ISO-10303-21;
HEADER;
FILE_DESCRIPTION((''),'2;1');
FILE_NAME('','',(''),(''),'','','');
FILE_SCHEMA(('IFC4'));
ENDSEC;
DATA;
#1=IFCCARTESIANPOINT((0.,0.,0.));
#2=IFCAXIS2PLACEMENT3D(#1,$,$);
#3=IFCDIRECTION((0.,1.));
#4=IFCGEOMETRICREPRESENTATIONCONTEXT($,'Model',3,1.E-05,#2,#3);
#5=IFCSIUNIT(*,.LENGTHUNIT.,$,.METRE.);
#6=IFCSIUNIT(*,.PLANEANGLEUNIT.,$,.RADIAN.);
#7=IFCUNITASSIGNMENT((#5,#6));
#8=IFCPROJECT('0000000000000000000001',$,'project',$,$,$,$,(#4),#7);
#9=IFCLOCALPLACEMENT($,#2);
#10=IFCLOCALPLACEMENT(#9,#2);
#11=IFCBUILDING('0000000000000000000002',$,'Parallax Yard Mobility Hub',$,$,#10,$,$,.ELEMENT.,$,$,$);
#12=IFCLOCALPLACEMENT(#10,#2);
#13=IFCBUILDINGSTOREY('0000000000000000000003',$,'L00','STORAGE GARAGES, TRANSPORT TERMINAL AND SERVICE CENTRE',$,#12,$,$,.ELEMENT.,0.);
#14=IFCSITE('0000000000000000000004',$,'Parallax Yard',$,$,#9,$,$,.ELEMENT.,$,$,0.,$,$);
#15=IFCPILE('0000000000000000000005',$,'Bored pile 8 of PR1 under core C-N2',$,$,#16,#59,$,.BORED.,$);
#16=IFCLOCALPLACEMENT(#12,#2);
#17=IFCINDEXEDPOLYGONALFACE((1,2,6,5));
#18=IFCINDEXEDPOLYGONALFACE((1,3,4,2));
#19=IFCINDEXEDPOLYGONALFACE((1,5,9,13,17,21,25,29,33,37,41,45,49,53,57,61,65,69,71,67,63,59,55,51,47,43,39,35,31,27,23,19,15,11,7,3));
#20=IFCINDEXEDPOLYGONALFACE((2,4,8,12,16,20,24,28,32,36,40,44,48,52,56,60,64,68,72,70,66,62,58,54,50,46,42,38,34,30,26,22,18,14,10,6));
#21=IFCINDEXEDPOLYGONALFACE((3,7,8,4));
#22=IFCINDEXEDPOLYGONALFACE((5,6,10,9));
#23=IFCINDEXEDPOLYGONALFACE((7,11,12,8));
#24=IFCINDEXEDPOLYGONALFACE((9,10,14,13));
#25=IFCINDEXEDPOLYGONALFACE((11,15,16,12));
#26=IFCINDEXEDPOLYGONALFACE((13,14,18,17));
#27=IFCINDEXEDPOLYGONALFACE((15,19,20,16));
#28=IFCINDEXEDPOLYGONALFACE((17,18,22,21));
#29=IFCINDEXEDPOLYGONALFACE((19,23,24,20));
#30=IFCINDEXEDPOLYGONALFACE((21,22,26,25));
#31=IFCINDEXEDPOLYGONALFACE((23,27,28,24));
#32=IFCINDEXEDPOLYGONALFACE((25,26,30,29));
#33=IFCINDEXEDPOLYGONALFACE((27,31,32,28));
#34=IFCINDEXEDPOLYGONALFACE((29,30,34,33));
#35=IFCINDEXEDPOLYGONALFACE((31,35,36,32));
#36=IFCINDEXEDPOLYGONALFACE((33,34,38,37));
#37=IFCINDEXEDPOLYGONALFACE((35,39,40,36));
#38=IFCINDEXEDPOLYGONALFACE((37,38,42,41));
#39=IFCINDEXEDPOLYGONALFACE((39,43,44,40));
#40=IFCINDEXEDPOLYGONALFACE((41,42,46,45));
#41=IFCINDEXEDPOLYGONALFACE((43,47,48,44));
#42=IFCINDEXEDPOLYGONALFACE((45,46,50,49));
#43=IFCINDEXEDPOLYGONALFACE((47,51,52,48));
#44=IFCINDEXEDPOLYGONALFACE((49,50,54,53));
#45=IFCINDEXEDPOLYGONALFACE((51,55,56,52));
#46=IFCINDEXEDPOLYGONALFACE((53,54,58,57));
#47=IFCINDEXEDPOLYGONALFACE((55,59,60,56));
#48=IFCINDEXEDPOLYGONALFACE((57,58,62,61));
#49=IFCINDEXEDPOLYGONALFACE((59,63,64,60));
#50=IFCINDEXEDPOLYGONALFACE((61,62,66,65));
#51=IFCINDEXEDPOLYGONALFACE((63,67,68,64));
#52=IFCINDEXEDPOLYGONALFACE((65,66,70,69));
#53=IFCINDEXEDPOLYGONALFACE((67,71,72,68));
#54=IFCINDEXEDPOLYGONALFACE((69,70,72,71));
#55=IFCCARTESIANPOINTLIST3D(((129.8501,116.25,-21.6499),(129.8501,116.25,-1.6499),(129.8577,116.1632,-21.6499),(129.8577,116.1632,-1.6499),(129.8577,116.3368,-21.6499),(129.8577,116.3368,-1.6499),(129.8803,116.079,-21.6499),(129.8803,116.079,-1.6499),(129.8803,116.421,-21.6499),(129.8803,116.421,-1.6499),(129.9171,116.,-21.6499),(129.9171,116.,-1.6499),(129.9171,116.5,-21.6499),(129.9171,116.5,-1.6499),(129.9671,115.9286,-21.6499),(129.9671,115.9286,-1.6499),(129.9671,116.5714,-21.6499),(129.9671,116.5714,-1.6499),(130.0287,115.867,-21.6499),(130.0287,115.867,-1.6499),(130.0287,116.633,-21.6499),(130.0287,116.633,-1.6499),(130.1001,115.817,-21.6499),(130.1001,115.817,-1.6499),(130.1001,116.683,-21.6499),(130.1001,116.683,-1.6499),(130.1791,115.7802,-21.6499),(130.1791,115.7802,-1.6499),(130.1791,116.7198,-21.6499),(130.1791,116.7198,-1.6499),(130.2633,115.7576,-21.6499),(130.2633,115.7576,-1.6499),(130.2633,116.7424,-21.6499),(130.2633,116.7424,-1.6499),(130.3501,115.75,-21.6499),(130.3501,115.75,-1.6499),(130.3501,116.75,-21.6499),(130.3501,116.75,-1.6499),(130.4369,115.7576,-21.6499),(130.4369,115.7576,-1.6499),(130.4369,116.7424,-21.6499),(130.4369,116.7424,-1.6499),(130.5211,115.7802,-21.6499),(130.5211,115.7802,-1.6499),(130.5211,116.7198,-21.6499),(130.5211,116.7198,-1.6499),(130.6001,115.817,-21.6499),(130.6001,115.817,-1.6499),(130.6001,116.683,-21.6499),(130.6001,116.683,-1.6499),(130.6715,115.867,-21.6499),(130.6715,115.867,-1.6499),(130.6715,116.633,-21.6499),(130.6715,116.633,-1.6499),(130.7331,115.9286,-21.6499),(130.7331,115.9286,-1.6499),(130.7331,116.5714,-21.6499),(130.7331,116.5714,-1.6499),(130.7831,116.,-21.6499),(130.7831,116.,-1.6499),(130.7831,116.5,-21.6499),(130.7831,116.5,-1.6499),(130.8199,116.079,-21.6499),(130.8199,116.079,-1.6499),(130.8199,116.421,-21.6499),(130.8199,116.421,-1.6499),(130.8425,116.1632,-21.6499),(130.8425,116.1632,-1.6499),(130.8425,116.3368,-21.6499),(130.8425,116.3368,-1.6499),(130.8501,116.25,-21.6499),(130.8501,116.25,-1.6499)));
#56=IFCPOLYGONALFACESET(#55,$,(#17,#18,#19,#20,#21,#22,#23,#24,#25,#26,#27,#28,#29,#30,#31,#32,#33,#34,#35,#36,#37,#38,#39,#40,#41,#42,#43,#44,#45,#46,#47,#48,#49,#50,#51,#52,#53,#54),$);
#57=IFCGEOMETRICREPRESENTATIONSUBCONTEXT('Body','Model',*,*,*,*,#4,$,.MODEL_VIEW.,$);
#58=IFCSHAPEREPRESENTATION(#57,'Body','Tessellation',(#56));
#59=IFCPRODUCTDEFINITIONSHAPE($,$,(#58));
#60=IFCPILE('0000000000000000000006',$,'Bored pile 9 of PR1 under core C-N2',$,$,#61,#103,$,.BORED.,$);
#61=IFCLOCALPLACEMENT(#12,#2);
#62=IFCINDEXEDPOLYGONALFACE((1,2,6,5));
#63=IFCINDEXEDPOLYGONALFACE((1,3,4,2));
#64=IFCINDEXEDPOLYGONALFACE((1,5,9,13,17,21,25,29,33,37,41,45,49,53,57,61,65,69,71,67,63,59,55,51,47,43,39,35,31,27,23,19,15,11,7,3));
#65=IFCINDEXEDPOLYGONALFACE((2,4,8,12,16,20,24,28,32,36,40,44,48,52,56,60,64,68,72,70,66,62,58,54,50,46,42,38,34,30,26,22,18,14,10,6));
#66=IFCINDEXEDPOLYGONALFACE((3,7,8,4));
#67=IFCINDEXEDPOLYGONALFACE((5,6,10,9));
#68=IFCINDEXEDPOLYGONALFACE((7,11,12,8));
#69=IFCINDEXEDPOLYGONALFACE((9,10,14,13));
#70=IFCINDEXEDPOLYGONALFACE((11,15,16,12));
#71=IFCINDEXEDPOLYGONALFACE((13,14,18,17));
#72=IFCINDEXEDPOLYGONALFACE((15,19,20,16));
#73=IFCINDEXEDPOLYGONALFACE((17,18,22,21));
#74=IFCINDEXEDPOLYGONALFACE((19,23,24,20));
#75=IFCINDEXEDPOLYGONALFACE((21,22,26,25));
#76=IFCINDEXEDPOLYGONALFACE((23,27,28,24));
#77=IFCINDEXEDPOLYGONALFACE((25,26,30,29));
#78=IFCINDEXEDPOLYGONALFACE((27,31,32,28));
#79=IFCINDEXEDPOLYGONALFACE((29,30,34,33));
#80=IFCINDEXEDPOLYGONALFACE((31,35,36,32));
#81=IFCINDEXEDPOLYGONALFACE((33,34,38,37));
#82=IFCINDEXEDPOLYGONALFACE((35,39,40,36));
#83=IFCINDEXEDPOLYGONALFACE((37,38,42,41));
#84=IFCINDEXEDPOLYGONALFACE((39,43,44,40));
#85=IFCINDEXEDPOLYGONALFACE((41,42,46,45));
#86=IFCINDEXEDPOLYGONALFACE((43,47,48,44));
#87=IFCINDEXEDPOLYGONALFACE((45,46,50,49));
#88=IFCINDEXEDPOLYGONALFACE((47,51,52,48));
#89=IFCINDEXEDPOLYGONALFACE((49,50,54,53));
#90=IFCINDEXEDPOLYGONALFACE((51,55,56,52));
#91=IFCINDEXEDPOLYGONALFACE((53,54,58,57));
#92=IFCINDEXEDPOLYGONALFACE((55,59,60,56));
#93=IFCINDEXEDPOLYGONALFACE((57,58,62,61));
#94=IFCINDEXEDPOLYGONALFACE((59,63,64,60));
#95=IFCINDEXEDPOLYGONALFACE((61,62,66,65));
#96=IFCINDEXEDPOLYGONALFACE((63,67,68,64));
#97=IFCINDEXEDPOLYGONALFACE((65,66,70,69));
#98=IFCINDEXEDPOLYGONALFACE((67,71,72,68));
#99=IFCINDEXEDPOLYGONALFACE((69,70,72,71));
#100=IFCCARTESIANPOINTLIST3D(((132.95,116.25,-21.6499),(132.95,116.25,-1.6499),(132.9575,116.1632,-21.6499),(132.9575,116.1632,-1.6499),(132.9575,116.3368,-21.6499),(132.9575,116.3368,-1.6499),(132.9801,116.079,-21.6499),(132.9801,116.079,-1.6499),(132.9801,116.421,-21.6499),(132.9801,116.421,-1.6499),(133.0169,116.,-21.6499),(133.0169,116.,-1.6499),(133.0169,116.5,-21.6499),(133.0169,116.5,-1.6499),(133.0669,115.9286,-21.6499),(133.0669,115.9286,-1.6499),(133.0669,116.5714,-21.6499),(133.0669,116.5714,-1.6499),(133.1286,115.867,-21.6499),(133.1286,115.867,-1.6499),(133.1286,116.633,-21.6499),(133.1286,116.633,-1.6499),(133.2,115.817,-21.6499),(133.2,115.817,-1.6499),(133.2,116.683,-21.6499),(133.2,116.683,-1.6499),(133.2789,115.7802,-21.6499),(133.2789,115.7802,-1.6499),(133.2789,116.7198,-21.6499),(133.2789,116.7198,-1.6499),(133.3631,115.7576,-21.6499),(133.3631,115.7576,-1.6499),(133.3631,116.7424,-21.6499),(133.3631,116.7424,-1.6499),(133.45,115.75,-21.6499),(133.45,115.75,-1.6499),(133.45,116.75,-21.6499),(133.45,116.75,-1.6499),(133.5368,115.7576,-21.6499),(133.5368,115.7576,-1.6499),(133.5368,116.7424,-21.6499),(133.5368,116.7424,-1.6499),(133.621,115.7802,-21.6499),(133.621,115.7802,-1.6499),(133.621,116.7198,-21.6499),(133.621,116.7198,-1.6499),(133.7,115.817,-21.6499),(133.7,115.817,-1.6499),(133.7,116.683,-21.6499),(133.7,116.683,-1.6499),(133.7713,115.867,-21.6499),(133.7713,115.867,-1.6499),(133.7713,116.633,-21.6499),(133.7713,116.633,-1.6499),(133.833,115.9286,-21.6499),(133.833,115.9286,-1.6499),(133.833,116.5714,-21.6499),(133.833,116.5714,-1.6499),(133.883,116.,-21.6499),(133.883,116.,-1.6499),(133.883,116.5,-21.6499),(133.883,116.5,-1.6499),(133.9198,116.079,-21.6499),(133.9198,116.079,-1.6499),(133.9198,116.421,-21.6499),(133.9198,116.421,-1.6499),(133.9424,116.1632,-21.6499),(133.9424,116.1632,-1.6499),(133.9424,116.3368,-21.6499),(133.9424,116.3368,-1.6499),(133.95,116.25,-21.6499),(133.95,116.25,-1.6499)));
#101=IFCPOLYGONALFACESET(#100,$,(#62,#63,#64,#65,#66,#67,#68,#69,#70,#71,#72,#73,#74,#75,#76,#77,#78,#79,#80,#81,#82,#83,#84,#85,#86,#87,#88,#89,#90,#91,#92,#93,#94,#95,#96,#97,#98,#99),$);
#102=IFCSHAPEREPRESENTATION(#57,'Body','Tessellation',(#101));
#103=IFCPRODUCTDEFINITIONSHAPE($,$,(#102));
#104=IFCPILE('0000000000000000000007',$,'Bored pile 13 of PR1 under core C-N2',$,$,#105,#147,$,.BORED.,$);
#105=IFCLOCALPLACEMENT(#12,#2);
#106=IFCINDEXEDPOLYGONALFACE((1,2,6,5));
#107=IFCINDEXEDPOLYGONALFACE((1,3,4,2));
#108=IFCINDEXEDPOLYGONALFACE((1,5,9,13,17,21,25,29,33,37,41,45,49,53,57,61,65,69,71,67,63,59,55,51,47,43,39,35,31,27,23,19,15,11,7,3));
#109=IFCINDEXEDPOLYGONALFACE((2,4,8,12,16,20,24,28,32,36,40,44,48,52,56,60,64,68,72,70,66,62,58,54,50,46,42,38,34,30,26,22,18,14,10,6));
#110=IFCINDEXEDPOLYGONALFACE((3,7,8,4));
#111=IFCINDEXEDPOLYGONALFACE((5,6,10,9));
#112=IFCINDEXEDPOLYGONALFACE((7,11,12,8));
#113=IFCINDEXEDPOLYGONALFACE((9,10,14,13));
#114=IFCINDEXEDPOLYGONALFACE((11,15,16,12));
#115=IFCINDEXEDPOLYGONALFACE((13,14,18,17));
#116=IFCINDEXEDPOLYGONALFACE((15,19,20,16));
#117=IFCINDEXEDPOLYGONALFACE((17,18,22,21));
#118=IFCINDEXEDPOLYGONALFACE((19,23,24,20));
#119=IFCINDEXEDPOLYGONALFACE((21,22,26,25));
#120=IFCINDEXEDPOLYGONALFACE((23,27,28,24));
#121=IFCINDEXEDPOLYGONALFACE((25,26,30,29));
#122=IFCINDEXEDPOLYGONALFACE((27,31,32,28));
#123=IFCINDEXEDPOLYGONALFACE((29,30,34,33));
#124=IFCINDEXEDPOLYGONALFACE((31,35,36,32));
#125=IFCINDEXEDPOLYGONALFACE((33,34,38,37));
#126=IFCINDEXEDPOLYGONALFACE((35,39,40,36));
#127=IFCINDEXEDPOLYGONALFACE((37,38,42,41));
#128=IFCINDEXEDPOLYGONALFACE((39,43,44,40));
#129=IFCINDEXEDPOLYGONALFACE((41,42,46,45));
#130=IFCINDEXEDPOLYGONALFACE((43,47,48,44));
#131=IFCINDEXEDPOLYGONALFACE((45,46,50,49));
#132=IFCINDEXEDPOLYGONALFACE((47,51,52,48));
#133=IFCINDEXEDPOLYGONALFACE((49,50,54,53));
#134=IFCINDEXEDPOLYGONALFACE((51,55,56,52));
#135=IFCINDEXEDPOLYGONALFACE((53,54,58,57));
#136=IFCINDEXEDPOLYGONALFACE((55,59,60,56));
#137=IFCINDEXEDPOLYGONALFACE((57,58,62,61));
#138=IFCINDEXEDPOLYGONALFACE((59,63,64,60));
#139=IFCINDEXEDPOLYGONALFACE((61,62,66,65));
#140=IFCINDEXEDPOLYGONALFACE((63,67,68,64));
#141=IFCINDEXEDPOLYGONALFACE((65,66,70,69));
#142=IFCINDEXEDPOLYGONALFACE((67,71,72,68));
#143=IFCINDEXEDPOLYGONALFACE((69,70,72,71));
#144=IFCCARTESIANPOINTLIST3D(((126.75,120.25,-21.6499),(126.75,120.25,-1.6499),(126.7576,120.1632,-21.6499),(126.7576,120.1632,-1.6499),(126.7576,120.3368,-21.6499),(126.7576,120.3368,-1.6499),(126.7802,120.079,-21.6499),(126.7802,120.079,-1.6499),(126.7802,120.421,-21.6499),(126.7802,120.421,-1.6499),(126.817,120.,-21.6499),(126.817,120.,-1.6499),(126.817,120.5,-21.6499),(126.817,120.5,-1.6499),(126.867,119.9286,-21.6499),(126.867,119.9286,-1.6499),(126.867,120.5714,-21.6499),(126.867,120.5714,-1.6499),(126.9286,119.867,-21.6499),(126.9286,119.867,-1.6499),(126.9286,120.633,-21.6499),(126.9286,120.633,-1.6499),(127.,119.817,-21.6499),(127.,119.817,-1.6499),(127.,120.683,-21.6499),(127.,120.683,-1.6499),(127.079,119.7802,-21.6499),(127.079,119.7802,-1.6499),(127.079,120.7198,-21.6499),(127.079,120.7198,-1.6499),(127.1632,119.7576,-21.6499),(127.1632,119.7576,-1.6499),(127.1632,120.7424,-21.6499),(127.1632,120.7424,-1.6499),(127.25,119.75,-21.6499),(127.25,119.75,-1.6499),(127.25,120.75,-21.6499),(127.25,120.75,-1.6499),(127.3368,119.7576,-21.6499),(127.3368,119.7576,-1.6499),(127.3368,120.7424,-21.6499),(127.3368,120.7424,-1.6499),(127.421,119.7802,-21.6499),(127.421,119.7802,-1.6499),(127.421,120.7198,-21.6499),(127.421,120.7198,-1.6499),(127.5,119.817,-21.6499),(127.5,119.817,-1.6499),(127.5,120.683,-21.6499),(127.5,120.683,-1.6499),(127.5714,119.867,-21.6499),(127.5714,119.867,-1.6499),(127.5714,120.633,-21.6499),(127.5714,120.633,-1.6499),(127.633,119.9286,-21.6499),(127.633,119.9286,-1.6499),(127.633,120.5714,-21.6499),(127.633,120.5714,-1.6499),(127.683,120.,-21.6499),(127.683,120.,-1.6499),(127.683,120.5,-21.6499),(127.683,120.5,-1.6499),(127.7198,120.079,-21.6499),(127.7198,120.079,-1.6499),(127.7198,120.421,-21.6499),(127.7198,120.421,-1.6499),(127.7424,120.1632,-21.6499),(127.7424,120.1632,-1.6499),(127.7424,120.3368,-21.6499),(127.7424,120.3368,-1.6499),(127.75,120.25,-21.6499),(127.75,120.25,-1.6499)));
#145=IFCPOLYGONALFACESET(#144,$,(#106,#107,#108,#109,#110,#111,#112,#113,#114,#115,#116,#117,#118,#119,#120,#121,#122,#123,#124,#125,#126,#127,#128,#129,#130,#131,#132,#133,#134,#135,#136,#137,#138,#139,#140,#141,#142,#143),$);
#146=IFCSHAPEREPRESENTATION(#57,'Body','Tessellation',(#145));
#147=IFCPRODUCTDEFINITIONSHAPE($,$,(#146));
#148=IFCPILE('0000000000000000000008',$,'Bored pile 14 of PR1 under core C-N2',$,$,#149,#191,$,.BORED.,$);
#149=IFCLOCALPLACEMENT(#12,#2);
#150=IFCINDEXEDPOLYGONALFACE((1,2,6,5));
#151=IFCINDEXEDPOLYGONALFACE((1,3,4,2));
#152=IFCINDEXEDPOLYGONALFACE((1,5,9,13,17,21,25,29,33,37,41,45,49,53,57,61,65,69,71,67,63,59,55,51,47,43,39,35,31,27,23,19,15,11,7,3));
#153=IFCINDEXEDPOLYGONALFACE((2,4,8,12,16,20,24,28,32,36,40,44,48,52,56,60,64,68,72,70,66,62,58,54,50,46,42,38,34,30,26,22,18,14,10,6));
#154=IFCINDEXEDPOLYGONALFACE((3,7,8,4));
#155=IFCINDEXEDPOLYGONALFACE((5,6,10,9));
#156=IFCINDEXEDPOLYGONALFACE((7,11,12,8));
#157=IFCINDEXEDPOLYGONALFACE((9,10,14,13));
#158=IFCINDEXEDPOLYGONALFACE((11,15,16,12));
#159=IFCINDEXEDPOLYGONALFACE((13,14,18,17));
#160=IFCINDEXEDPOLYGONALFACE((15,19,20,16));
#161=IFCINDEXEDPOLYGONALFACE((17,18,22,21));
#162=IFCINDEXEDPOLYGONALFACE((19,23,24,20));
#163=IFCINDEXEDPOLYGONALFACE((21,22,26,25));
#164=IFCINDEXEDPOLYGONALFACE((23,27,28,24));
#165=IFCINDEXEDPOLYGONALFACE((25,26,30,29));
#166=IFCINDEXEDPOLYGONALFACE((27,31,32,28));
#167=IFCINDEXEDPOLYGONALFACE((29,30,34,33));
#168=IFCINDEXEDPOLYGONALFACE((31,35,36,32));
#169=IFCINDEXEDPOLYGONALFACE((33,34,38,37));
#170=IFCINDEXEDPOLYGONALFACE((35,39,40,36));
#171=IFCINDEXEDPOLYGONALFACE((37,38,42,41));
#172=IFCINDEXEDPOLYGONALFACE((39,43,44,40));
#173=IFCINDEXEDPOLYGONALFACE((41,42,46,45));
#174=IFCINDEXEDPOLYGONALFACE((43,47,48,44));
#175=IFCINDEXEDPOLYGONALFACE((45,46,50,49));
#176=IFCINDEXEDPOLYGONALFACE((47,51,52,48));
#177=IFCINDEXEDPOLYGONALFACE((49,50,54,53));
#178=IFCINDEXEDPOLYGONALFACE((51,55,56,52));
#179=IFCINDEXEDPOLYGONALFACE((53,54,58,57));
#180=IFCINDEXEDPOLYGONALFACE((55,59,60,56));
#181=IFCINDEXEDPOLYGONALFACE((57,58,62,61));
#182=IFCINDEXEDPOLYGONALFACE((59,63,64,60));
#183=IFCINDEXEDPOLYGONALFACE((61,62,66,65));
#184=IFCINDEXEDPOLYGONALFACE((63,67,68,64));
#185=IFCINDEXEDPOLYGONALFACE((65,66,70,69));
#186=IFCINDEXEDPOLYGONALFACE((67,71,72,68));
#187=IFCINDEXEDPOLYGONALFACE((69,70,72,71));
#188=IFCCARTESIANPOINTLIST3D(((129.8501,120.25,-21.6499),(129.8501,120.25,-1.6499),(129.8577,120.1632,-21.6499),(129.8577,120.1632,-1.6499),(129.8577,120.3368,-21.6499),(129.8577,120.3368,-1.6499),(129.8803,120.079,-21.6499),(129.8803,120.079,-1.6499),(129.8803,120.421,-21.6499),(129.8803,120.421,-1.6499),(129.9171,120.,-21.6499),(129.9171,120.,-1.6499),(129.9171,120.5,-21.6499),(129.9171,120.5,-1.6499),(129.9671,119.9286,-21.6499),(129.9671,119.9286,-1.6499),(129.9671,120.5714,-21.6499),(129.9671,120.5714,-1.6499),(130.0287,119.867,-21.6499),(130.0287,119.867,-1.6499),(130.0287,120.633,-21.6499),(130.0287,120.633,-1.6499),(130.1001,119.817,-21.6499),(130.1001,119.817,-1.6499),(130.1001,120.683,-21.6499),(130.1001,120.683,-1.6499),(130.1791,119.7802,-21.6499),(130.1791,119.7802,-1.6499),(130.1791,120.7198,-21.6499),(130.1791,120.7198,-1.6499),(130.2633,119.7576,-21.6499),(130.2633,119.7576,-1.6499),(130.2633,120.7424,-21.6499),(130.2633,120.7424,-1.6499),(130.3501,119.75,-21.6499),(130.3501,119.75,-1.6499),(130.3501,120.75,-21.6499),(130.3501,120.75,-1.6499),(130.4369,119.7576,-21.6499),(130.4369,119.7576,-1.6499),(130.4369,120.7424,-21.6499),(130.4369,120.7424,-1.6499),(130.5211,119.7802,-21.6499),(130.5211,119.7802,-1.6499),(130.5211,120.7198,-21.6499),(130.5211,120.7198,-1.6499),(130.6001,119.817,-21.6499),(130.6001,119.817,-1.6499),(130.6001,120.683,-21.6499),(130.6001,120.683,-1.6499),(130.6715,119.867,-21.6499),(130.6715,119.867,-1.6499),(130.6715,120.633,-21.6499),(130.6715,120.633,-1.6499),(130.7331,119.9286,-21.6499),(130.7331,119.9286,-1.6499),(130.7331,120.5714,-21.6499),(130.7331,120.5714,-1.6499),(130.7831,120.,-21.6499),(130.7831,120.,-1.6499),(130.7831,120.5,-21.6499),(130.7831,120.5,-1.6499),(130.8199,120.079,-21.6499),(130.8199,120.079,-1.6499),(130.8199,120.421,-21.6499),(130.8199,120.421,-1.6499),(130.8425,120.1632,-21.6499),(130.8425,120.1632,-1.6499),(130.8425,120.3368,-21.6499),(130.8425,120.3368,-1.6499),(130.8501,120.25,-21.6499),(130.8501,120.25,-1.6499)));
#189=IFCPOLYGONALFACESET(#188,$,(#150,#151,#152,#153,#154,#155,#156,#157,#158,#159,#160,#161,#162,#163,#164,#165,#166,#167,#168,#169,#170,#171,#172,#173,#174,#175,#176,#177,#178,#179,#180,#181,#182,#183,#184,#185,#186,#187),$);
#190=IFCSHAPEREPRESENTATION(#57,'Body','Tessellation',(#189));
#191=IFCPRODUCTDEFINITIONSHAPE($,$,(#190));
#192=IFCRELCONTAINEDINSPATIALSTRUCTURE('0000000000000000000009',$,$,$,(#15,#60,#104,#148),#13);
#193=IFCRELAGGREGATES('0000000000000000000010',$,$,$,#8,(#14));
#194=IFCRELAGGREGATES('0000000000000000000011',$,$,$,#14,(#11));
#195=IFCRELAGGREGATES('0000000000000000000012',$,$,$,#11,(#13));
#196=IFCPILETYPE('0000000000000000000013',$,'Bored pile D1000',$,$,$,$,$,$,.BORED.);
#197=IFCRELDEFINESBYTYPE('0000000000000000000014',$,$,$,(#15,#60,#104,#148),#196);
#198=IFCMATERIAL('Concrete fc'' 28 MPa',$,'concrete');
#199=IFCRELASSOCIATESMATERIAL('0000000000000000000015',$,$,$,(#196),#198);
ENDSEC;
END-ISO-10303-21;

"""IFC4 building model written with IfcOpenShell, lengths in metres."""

from ifc_helpers import new_model, si_unit, direction, frame, origin, origin_2d, place, context, subcontext, project, spatial, circle, extrude, material, material_profile, profile_set, type_object, element, save


model = new_model("IFC4")

# Units and contexts
model_context = context("Model", 3, precision=1e-05, world=origin(), true_north=direction((0.0, 1.0)))
body_context = subcontext(model_context, "Body", "Model", "MODEL_VIEW")
ifc_project = project(units=[si_unit("LENGTHUNIT", "METRE"), si_unit("PLANEANGLEUNIT", "RADIAN")], contexts=[model_context])

# Site, building, storey
site_placement = place(None, origin())
site = spatial("IfcSite", under=ifc_project, at=site_placement, Name="Parallax Yard", CompositionType="ELEMENT", RefElevation=0.0)
building_placement = place(site_placement, origin())
building = spatial("IfcBuilding", under=site, at=building_placement, Name="Parallax Yard Mobility Hub", CompositionType="ELEMENT")
storey_placement = place(building_placement, origin())
storey = spatial("IfcBuildingStorey", under=building, at=storey_placement, Name="L00", Description="STORAGE GARAGES, TRANSPORT TERMINAL AND SERVICE CENTRE", CompositionType="ELEMENT", Elevation=0.0)

# Piles
ifc_material_1 = material(Name="Concrete fc' 28 MPa", Category="concrete")
ifc_material_profile_1 = material_profile(ifc_material_1, circle(Radius=0.5, at=origin_2d()), Name="Bored pile D1000")
ifc_profile_set_1 = profile_set([ifc_material_profile_1], Name="Concrete fc' 28 MPa")
pile_type = type_object("IfcPileType", Name="Bored pile D1000", PredefinedType="BORED", material=ifc_profile_set_1)
for number, where, z_axis, x_axis, name in (
    (1, (130.3501, 116.25, -1.6499), (0.0, 0.0, -1.0), (1.0, 0.0, 0.0), "Bored pile 8 of PR1 under core C-N2"),
    (2, (133.45, 116.25, -1.6499), (0.0, 0.0, -1.0), (1.0, 0.0, 0.0), "Bored pile 9 of PR1 under core C-N2"),
    (3, (127.25, 120.25, -1.6499), (0.0, 0.0, -1.0), (1.0, 0.0, 0.0), "Bored pile 13 of PR1 under core C-N2"),
    (4, (130.3501, 120.25, -1.6499), (0.0, 0.0, -1.0), (1.0, 0.0, 0.0), "Bored pile 14 of PR1 under core C-N2"),
):
    element("IfcPile", number, at=place(storey_placement, frame(where, z_axis=z_axis, x_axis=x_axis)), inside=storey, type_object=pile_type, Name=name, PredefinedType="BORED", context=body_context, shape_type="SweptSolid", body=[
        extrude(circle(Radius=0.5, at=origin_2d()), origin(), (0.0, 0.0, 1.0), 20.0),
    ])

save(model, "model.ifc")
